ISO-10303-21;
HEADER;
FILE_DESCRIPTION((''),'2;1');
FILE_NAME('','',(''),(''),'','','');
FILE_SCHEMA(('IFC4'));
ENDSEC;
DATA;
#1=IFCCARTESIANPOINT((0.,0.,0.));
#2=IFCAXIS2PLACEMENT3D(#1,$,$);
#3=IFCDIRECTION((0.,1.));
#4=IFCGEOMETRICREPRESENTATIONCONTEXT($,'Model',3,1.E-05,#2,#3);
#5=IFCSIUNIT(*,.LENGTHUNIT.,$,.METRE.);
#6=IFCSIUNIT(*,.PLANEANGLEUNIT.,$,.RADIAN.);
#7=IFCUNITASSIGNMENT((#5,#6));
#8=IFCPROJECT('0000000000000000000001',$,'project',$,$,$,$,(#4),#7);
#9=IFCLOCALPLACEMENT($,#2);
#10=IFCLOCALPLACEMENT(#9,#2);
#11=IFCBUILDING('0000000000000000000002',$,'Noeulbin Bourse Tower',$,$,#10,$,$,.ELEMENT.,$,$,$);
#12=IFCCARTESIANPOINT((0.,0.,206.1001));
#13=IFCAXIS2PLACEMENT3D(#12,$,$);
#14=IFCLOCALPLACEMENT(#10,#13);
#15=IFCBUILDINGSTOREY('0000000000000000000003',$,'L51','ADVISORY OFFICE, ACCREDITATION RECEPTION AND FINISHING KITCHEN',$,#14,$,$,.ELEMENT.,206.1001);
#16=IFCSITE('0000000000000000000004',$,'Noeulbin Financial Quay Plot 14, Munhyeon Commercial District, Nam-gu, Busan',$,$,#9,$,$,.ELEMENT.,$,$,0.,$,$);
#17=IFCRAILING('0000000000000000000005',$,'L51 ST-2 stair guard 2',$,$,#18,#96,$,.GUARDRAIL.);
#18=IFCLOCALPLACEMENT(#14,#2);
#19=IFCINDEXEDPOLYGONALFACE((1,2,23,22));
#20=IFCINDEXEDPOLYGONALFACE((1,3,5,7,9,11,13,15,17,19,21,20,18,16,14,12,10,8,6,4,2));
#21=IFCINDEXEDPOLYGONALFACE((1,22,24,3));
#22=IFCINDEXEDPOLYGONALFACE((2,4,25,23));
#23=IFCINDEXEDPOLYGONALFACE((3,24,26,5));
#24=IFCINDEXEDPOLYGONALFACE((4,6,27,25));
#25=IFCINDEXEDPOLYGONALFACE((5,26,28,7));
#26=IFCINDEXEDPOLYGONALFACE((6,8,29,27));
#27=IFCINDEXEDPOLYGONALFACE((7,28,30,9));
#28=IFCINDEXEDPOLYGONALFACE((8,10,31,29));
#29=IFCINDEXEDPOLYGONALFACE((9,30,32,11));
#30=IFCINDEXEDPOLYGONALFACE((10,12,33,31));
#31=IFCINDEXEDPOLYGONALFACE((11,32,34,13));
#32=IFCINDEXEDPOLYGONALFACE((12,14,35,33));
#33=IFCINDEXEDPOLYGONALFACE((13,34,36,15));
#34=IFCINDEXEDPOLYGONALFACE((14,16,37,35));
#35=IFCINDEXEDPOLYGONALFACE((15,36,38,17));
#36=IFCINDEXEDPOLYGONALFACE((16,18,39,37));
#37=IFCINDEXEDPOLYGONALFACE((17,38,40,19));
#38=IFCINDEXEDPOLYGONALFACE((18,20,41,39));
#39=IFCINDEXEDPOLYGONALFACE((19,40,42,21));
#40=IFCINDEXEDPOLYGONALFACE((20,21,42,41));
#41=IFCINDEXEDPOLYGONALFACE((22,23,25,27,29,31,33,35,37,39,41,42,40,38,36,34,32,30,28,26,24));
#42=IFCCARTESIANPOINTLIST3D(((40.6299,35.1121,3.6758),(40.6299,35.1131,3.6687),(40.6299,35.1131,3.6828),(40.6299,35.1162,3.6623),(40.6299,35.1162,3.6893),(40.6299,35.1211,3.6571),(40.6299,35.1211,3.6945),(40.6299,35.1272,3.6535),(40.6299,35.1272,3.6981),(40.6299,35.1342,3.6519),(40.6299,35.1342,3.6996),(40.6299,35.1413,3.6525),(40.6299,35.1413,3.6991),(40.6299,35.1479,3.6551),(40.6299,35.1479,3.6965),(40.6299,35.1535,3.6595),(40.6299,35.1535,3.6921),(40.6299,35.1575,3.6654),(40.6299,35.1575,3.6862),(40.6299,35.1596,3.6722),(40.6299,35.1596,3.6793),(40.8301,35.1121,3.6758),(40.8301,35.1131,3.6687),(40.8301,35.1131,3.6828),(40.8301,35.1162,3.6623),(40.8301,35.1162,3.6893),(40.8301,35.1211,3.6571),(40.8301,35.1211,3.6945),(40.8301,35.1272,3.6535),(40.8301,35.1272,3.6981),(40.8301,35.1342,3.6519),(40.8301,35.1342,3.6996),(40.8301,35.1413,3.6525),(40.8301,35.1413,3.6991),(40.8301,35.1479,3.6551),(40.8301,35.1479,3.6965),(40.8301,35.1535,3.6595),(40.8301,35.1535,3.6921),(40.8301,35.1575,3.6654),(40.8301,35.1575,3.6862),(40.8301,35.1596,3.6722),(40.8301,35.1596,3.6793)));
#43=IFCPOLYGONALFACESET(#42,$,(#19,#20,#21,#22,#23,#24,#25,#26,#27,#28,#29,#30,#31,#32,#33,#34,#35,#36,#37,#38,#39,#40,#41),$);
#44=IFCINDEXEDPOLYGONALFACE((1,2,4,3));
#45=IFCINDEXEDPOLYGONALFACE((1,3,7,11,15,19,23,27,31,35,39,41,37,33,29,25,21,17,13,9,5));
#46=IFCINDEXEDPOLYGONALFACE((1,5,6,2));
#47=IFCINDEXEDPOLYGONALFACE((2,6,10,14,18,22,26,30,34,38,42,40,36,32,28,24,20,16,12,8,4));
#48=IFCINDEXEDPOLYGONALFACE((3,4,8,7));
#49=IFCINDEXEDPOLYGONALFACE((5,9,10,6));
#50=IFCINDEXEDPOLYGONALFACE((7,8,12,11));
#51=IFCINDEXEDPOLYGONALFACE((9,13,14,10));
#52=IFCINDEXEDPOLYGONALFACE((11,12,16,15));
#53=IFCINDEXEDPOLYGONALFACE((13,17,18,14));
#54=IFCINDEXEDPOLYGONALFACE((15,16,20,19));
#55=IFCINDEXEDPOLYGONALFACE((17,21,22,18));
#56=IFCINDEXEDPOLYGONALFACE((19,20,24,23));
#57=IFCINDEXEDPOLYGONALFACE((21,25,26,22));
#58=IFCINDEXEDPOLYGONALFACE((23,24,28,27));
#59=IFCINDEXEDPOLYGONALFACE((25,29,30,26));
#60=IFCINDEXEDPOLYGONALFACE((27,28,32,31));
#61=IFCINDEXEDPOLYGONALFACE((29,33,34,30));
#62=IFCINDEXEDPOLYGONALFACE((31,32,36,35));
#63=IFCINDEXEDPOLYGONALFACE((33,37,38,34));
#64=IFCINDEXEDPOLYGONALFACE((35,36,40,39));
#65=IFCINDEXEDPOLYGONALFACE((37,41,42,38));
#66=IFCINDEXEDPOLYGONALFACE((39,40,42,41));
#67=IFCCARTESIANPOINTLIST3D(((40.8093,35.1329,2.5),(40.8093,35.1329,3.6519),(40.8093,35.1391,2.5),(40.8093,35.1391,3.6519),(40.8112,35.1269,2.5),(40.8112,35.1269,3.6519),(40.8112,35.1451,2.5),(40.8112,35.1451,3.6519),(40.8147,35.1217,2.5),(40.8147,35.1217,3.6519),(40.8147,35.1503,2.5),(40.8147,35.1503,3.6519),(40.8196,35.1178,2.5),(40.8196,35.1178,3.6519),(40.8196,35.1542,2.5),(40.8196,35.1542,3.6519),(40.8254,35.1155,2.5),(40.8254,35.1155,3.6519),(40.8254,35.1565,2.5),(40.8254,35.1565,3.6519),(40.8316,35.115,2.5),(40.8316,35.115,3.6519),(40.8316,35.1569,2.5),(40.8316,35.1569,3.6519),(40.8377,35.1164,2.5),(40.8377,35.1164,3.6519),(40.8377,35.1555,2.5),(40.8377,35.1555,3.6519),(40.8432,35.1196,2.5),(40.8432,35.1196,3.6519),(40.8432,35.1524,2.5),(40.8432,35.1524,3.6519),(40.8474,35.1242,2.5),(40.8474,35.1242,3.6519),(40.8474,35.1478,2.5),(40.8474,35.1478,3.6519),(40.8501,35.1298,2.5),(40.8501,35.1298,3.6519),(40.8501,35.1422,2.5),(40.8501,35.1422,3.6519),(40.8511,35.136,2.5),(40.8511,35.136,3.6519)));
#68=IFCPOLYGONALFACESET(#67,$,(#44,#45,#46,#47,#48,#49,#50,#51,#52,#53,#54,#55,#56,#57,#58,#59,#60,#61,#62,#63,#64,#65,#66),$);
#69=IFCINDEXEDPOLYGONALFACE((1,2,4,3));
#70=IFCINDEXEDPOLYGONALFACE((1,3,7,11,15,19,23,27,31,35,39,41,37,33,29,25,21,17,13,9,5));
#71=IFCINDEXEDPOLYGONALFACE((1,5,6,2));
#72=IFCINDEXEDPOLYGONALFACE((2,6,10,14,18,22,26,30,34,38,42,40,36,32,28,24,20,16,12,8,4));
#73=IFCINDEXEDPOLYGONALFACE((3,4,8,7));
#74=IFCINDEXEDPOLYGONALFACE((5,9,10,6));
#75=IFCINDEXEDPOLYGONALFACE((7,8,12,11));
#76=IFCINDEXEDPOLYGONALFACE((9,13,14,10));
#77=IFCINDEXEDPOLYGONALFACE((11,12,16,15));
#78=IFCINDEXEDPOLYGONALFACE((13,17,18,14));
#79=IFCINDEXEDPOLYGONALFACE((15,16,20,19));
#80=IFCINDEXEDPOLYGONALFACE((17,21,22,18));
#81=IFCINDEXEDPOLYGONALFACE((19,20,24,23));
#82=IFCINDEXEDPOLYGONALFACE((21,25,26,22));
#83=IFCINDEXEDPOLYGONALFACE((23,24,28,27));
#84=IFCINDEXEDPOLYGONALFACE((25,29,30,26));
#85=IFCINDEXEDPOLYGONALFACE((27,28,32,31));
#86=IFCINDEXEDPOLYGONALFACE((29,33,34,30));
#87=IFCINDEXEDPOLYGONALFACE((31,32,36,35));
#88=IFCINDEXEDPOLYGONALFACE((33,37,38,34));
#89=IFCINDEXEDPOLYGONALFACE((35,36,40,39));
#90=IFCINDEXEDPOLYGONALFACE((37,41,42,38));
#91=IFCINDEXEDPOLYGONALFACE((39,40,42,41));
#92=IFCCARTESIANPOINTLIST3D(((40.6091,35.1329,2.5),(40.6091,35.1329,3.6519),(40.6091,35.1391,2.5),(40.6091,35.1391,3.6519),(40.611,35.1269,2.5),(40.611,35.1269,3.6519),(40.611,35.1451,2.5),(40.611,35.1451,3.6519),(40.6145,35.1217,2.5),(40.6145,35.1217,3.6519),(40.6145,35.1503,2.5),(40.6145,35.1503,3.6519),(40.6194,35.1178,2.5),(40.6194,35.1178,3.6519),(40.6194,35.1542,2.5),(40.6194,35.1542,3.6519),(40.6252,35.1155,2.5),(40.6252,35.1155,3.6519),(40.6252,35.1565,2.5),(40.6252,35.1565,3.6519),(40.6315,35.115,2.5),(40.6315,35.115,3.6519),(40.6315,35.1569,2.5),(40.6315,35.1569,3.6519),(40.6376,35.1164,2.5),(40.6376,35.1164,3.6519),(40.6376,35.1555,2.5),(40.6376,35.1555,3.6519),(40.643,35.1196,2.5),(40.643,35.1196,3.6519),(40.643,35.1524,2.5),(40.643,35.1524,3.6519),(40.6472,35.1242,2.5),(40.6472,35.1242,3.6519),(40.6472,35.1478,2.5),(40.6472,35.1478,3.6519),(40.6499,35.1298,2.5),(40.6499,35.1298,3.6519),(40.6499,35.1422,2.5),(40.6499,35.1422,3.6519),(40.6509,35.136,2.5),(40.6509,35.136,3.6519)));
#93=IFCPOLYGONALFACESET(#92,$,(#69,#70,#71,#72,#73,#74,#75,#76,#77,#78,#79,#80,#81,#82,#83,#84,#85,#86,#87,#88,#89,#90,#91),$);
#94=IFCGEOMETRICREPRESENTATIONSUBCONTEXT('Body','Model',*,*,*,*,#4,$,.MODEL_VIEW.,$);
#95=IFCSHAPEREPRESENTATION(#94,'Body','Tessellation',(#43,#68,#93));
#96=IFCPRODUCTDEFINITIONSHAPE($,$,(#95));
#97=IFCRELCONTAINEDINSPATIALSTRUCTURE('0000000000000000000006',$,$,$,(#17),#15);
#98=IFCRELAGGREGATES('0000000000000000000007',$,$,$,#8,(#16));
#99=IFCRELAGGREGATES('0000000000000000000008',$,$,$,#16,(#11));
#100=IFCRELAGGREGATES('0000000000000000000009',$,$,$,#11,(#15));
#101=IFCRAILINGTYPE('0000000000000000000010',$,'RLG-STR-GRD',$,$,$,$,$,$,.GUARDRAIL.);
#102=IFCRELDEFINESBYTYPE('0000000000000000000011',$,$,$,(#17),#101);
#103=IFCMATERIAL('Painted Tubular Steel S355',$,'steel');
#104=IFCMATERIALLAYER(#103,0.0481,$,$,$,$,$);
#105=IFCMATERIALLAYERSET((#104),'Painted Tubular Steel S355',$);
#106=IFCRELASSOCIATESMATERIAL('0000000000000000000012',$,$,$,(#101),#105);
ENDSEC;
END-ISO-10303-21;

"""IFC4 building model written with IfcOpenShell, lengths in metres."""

from ifc_helpers import new_model, si_unit, direction, frame, origin, origin_2d, place, context, subcontext, project, spatial, circle, extrude, material, layer, layer_set, type_object, element, save


model = new_model("IFC4")

# Units and contexts
model_context = context("Model", 3, precision=1e-05, world=origin(), true_north=direction((0.0, 1.0)))
body_context = subcontext(model_context, "Body", "Model", "MODEL_VIEW")
ifc_project = project(units=[si_unit("LENGTHUNIT", "METRE"), si_unit("PLANEANGLEUNIT", "RADIAN")], contexts=[model_context])

# Site, building, storey
site_placement = place(None, origin())
site = spatial("IfcSite", under=ifc_project, at=site_placement, Name="Noeulbin Financial Quay Plot 14, Munhyeon Commercial District, Nam-gu, Busan", CompositionType="ELEMENT", RefElevation=0.0)
building_placement = place(site_placement, origin())
building = spatial("IfcBuilding", under=site, at=building_placement, Name="Noeulbin Bourse Tower", CompositionType="ELEMENT")
storey_placement = place(building_placement, frame((0.0, 0.0, 206.1001)))
storey = spatial("IfcBuildingStorey", under=building, at=storey_placement, Name="L51", Description="ADVISORY OFFICE, ACCREDITATION RECEPTION AND FINISHING KITCHEN", CompositionType="ELEMENT", Elevation=206.1001)

# Railing
ifc_material_1 = material(Name="Painted Tubular Steel S355", Category="steel")
ifc_layer_1 = layer(ifc_material_1, 0.0481)
ifc_layer_set_1 = layer_set([ifc_layer_1], Name="Painted Tubular Steel S355")
railing_type_1 = type_object("IfcRailingType", Name="RLG-STR-GRD", PredefinedType="GUARDRAIL", material=ifc_layer_set_1)
railing_1_placement = place(storey_placement, frame((40.8301, 35.136, 2.5)))
element("IfcRailing", 1, at=railing_1_placement, inside=storey, type_object=railing_type_1, Name="L51 ST-2 stair guard 2", PredefinedType="GUARDRAIL", context=body_context, shape_type="SweptSolid", body=[
    extrude(circle(Radius=0.0239, at=origin_2d()), frame((0.0, 0.0, 1.1758), z_axis=(-1.0, 0.0, 0.0), x_axis=(0.0, -1.0, 0.0)), (0.0, 0.0, 1.0), 0.2002),
    extrude(circle(Radius=0.021, at=origin_2d()), origin(), (0.0, 0.0, 1.0), 1.1519),
    extrude(circle(Radius=0.021, at=origin_2d()), frame((-0.2002, 0.0, 0.0)), (0.0, 0.0, 1.0), 1.1519),
])

save(model, "model.ifc")
